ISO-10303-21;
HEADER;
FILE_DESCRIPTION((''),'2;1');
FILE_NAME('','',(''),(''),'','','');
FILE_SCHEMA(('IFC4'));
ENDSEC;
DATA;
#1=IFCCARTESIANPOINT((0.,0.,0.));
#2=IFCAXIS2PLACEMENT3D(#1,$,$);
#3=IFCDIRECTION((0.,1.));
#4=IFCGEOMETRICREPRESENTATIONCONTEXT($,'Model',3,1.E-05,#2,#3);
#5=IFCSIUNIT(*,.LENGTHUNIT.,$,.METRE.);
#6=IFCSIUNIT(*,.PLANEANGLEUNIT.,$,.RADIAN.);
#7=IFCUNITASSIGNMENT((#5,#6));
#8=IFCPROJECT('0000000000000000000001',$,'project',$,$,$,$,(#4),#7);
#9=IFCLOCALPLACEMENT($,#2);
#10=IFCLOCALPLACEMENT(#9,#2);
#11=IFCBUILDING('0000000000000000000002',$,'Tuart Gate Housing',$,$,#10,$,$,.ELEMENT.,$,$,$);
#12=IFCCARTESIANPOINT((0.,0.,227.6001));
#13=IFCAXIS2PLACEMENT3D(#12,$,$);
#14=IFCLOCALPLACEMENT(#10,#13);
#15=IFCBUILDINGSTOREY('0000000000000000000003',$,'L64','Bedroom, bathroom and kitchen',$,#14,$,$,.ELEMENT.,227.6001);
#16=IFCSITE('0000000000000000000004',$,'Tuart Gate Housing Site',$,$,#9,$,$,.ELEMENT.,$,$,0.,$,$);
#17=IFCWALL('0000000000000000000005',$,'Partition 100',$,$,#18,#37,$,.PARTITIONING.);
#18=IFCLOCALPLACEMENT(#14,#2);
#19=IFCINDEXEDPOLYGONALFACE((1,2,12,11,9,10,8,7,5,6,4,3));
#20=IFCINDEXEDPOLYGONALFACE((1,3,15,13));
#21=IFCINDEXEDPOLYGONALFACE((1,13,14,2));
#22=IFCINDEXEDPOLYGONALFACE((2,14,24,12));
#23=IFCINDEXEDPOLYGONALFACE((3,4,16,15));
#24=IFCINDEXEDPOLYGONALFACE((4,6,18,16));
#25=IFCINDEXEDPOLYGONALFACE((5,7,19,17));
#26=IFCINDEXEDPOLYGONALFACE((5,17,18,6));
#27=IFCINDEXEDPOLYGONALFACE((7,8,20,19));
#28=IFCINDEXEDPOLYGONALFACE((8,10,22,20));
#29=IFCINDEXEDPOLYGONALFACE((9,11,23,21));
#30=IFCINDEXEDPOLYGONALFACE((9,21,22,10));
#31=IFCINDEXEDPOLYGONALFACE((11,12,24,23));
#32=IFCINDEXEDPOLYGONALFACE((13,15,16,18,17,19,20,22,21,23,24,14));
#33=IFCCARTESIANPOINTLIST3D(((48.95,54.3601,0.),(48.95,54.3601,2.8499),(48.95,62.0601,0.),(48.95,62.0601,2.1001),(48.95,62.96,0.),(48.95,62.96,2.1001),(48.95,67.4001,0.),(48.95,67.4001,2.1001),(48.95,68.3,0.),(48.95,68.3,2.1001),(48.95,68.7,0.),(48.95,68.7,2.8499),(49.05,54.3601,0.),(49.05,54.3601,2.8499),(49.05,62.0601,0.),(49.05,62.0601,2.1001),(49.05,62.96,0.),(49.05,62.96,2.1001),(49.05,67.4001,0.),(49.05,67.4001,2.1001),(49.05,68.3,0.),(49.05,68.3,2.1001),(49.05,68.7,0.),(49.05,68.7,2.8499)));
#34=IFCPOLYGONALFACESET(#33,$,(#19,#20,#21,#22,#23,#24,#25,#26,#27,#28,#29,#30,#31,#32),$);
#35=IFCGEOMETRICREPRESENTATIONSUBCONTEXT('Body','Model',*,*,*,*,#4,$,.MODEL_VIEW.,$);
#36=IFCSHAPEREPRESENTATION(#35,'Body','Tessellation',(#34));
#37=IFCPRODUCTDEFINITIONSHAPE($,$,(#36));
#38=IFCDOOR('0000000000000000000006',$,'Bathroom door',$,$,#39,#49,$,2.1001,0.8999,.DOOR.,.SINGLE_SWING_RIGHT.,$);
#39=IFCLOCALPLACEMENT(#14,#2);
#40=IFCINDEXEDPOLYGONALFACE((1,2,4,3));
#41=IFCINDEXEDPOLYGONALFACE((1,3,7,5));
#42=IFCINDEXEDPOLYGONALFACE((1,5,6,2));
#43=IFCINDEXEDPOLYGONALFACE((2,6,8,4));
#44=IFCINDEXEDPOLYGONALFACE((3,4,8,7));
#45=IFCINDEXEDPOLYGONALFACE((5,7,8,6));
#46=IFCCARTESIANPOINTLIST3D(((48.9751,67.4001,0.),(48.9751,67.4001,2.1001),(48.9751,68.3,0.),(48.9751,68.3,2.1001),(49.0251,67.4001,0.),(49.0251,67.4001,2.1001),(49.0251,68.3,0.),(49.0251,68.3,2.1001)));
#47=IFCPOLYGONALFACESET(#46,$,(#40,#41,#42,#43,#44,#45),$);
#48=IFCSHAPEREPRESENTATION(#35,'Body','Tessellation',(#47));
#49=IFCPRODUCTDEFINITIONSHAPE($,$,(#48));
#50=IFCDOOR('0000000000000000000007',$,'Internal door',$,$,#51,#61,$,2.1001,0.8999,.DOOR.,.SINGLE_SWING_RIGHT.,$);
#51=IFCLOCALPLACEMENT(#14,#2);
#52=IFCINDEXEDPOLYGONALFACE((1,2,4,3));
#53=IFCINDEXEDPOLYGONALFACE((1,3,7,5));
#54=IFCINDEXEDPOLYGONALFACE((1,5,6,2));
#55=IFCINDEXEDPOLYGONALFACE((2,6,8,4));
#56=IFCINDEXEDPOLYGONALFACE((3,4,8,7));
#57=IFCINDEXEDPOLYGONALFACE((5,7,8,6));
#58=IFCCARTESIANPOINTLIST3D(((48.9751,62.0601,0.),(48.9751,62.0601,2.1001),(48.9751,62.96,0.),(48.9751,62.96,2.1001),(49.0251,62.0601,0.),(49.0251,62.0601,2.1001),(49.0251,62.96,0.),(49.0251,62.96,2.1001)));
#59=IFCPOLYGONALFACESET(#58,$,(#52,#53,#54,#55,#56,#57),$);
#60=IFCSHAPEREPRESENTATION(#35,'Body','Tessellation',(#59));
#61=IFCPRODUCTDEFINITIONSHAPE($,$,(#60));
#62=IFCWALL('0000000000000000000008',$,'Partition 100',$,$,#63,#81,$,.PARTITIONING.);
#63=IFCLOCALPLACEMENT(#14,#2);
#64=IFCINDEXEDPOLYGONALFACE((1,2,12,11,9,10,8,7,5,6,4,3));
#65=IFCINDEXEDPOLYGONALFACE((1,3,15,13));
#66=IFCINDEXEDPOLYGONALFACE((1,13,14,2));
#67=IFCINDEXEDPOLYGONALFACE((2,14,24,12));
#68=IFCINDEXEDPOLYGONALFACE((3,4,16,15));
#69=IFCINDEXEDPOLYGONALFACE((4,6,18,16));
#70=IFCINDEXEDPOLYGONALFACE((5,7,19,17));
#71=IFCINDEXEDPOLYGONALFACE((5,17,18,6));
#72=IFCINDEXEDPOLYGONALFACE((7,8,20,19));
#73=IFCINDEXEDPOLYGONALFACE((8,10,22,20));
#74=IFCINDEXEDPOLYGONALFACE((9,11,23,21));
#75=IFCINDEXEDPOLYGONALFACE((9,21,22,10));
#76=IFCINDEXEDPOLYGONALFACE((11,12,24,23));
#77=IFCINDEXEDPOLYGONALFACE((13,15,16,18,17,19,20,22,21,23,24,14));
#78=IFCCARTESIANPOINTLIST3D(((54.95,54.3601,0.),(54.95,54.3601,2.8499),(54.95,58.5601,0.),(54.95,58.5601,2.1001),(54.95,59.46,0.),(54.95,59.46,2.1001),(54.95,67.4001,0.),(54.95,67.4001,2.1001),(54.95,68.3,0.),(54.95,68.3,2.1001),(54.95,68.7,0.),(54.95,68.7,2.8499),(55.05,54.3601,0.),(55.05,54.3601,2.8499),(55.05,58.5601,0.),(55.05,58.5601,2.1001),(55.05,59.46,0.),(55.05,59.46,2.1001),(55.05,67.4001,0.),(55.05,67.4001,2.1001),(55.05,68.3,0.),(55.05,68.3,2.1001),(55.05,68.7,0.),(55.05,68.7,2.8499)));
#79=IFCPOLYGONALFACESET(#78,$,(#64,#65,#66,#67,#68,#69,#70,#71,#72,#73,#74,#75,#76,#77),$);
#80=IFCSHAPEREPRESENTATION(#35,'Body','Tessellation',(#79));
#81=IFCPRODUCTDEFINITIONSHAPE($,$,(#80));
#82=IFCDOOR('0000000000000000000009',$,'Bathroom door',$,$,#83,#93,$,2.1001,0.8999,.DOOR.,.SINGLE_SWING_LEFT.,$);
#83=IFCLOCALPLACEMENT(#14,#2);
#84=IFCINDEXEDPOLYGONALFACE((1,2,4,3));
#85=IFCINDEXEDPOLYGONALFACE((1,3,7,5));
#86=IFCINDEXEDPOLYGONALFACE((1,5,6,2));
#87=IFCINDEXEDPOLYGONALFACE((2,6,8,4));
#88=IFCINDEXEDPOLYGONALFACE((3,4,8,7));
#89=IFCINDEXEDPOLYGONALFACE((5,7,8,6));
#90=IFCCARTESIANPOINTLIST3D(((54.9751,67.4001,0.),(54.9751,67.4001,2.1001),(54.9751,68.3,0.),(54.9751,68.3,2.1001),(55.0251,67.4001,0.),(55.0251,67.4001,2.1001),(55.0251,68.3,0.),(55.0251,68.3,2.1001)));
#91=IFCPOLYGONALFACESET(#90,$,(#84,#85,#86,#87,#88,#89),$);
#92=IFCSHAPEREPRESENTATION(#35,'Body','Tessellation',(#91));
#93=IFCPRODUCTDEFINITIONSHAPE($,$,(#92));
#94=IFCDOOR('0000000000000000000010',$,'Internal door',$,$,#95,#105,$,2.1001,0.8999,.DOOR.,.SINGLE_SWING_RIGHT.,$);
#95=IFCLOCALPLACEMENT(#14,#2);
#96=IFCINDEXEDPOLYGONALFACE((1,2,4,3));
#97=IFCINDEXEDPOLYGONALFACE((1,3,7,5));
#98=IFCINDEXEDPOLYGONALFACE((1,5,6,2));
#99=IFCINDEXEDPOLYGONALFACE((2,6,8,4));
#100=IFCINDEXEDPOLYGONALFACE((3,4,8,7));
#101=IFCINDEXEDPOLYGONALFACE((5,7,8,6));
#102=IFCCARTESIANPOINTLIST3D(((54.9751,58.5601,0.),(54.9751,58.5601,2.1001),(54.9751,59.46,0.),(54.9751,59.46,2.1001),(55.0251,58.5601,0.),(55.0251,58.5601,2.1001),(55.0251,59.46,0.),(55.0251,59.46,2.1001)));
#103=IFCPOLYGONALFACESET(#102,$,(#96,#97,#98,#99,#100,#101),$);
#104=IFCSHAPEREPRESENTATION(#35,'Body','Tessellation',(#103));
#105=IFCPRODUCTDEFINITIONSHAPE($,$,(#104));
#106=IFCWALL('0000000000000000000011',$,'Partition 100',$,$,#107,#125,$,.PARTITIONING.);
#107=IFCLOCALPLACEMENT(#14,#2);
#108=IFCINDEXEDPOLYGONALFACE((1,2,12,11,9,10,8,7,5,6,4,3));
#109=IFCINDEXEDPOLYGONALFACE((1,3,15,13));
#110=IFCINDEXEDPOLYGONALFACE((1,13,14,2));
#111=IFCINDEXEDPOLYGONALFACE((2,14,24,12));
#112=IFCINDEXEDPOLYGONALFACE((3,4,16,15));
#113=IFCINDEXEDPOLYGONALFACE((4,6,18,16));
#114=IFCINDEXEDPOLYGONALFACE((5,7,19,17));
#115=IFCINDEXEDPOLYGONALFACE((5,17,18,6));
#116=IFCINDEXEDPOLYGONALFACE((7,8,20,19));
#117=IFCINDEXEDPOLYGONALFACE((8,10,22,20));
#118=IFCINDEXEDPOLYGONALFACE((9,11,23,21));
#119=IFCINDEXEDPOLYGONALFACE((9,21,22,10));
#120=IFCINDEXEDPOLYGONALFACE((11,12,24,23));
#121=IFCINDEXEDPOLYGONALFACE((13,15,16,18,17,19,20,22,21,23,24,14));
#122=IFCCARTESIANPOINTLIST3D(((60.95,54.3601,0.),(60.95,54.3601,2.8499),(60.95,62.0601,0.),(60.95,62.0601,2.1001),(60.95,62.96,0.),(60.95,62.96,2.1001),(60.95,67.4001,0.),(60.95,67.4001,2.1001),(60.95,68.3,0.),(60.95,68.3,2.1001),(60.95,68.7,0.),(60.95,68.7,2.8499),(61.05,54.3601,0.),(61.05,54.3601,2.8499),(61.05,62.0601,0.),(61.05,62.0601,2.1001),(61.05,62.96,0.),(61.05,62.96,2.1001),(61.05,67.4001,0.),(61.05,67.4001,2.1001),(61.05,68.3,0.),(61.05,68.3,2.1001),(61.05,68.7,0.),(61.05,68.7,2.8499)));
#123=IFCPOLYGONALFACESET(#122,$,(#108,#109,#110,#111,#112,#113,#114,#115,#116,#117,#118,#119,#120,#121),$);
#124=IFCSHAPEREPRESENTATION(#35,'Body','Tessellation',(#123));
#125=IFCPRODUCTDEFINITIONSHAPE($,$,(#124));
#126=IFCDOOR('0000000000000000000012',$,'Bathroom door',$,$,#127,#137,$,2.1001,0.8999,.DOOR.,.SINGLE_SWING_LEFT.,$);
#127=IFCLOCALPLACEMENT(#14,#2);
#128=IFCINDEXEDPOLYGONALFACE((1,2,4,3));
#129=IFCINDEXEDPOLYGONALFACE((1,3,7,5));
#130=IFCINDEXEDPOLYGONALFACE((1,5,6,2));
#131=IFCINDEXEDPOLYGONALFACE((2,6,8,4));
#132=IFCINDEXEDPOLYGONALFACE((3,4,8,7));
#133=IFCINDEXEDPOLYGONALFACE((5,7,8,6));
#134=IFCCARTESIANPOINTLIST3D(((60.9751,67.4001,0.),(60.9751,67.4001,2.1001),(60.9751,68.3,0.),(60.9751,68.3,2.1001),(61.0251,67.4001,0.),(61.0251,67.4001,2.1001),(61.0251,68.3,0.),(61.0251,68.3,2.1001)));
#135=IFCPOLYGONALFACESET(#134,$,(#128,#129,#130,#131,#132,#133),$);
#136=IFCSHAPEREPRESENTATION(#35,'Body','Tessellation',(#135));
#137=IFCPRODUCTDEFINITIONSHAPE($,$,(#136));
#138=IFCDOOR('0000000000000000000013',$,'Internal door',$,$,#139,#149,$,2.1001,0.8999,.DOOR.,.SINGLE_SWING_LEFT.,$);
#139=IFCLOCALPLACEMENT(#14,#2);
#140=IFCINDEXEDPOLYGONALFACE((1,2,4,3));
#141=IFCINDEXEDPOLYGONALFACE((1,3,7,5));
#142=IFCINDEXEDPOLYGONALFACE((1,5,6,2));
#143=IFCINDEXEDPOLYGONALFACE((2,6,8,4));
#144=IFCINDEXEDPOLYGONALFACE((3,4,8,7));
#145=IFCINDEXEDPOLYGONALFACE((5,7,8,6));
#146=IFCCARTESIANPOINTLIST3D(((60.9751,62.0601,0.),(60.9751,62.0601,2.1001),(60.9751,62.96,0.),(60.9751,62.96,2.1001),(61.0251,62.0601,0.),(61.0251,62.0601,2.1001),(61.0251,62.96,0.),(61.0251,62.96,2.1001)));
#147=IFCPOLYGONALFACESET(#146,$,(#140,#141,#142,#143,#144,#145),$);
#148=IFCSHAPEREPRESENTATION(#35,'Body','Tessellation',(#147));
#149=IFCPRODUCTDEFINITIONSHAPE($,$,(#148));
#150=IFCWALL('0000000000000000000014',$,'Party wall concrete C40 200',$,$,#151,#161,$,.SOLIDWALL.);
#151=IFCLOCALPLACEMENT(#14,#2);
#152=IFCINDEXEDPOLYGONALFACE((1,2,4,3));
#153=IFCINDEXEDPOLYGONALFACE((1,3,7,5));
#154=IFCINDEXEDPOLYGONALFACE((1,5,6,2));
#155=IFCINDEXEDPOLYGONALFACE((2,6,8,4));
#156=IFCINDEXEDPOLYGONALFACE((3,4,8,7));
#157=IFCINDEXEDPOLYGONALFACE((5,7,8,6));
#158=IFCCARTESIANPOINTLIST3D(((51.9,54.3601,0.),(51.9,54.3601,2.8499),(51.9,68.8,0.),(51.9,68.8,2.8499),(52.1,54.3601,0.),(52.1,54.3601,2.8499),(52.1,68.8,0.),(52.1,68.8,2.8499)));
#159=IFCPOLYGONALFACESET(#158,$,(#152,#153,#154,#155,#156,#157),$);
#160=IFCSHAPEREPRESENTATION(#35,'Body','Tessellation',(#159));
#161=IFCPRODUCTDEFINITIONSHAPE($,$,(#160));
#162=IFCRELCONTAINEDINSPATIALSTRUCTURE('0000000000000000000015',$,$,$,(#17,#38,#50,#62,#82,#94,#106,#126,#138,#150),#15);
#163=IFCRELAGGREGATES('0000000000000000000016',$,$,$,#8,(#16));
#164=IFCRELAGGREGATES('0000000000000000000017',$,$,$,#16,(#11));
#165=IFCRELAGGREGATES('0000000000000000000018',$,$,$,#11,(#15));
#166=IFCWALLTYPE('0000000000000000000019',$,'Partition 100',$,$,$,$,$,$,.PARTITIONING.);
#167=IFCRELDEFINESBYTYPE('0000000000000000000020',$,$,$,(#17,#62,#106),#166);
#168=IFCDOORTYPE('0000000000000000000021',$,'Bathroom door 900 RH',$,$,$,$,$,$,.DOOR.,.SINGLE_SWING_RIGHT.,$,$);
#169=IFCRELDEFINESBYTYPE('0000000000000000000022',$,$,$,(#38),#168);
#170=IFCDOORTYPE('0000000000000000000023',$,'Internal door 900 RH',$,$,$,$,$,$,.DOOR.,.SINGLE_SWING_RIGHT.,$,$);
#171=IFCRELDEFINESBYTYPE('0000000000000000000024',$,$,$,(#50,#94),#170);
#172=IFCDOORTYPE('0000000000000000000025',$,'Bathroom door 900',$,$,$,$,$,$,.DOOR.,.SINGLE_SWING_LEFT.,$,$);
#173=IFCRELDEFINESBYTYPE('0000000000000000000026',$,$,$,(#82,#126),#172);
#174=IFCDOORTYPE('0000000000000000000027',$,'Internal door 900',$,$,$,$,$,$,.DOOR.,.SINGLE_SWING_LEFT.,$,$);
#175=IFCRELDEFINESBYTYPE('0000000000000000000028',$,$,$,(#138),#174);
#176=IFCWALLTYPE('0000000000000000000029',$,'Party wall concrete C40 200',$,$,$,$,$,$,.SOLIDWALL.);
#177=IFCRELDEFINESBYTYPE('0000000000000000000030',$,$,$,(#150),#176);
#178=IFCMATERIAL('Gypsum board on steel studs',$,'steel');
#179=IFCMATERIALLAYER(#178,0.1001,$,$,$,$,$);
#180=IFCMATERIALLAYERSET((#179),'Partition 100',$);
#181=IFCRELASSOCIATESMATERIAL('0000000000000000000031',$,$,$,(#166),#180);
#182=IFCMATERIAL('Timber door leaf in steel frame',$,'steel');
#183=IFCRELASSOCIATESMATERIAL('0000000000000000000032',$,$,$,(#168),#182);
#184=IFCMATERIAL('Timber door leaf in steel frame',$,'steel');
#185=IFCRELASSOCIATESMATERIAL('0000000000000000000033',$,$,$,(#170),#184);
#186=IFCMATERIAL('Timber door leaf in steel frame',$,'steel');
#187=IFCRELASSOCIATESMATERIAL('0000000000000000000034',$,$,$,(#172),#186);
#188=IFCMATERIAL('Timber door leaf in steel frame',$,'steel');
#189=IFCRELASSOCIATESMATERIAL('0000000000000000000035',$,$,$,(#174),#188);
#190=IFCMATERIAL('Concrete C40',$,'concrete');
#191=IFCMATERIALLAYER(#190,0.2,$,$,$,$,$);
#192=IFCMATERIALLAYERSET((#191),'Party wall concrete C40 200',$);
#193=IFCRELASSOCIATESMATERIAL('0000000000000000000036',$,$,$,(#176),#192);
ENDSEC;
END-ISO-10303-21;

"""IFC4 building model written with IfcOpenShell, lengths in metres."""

from ifc_helpers import new_model, si_unit, direction, frame, frame_2d, origin, place, context, subcontext, project, spatial, rectangle, extrude, material, layer, layer_set, type_object, element, fill, save


model = new_model("IFC4")

# Units and contexts
model_context = context("Model", 3, precision=1e-05, world=origin(), true_north=direction((0.0, 1.0)))
body_context = subcontext(model_context, "Body", "Model", "MODEL_VIEW")
ifc_project = project(units=[si_unit("LENGTHUNIT", "METRE"), si_unit("PLANEANGLEUNIT", "RADIAN")], contexts=[model_context])

# Site, building, storey
site_placement = place(None, origin())
site = spatial("IfcSite", under=ifc_project, at=site_placement, Name="Tuart Gate Housing Site", CompositionType="ELEMENT", RefElevation=0.0)
building_placement = place(site_placement, origin())
building = spatial("IfcBuilding", under=site, at=building_placement, Name="Tuart Gate Housing", CompositionType="ELEMENT")
storey_placement = place(building_placement, frame((0.0, 0.0, 227.6001)))
storey = spatial("IfcBuildingStorey", under=building, at=storey_placement, Name="L64", Description="Bedroom, bathroom and kitchen", CompositionType="ELEMENT", Elevation=227.6001)

# Walls, openings, doors
ifc_material_1 = material(Name="Gypsum board on steel studs", Category="steel")
ifc_layer_1 = layer(ifc_material_1, 0.1001)
ifc_layer_set_1 = layer_set([ifc_layer_1], Name="Partition 100")
wall_type_1 = type_object("IfcWallType", Name="Partition 100", PredefinedType="PARTITIONING", material=ifc_layer_set_1)
wall_1_placement = place(storey_placement, frame((49.0, 54.3601, 0.0), z_axis=(0.0, 0.0, 1.0), x_axis=(0.0, 1.0, 0.0)))
wall_1 = element("IfcWall", 1, at=wall_1_placement, inside=storey, type_object=wall_type_1, Name="Partition 100", PredefinedType="PARTITIONING", context=body_context, shape_type="SweptSolid", body=[
    extrude(rectangle(XDim=14.3398, YDim=0.1001, at=frame_2d((7.1699, 0.0))), origin(), (0.0, 0.0, 1.0), 2.8499),
])
opening_1_placement = place(wall_1_placement, frame((7.7, 0.0, 0.0)))
opening_1 = element("IfcOpeningElement", 2, at=opening_1_placement, cuts=wall_1, PredefinedType="OPENING", context=body_context, shape_type="SweptSolid", body=[
    extrude(rectangle(XDim=0.8999, YDim=2.1001, at=frame_2d((0.45, 1.05))), frame((0.0, 0.0601, 0.0), z_axis=(0.0, -1.0, 0.0), x_axis=(1.0, 0.0, 0.0)), (0.0, 0.0, 1.0), 0.1201),
])
opening_2_placement = place(wall_1_placement, frame((13.04, 0.0, 0.0)))
opening_2 = element("IfcOpeningElement", 3, at=opening_2_placement, cuts=wall_1, PredefinedType="OPENING", context=body_context, shape_type="SweptSolid", body=[
    extrude(rectangle(XDim=0.8999, YDim=2.1001, at=frame_2d((0.45, 1.05))), frame((0.0, 0.0601, 0.0), z_axis=(0.0, -1.0, 0.0), x_axis=(1.0, 0.0, 0.0)), (0.0, 0.0, 1.0), 0.1201),
])
ifc_material_2 = material(Name="Timber door leaf in steel frame", Category="steel")
door_type_1 = type_object("IfcDoorType", Name="Bathroom door 900 RH", OperationType="SINGLE_SWING_RIGHT", PredefinedType="DOOR", material=ifc_material_2)
door_1_placement = place(opening_2_placement, origin())
door_1 = element("IfcDoor", 4, at=door_1_placement, inside=storey, type_object=door_type_1, Name="Bathroom door", OperationType="SINGLE_SWING_RIGHT", OverallHeight=2.1001, OverallWidth=0.8999, PredefinedType="DOOR", context=body_context, shape_type="SweptSolid", body=[
    extrude(rectangle(XDim=0.8999, YDim=2.1001, at=frame_2d((0.45, 1.05))), frame((0.0, 0.0249, 0.0), z_axis=(0.0, -1.0, 0.0), x_axis=(1.0, 0.0, 0.0)), (0.0, 0.0, 1.0), 0.05),
])
fill(opening_2, door_1)
ifc_material_3 = material(Name="Timber door leaf in steel frame", Category="steel")
door_type_2 = type_object("IfcDoorType", Name="Internal door 900 RH", OperationType="SINGLE_SWING_RIGHT", PredefinedType="DOOR", material=ifc_material_3)
door_2_placement = place(opening_1_placement, origin())
door_2 = element("IfcDoor", 5, at=door_2_placement, inside=storey, type_object=door_type_2, Name="Internal door", OperationType="SINGLE_SWING_RIGHT", OverallHeight=2.1001, OverallWidth=0.8999, PredefinedType="DOOR", context=body_context, shape_type="SweptSolid", body=[
    extrude(rectangle(XDim=0.8999, YDim=2.1001, at=frame_2d((0.45, 1.05))), frame((0.0, 0.0249, 0.0), z_axis=(0.0, -1.0, 0.0), x_axis=(1.0, 0.0, 0.0)), (0.0, 0.0, 1.0), 0.05),
])
fill(opening_1, door_2)
wall_2_placement = place(storey_placement, frame((55.0, 54.3601, 0.0), z_axis=(0.0, 0.0, 1.0), x_axis=(0.0, 1.0, 0.0)))
wall_2 = element("IfcWall", 6, at=wall_2_placement, inside=storey, type_object=wall_type_1, Name="Partition 100", PredefinedType="PARTITIONING", context=body_context, shape_type="SweptSolid", body=[
    extrude(rectangle(XDim=14.3398, YDim=0.1001, at=frame_2d((7.1699, 0.0))), origin(), (0.0, 0.0, 1.0), 2.8499),
])
opening_3_placement = place(wall_2_placement, frame((4.2, 0.0, 0.0)))
opening_3 = element("IfcOpeningElement", 7, at=opening_3_placement, cuts=wall_2, PredefinedType="OPENING", context=body_context, shape_type="SweptSolid", body=[
    extrude(rectangle(XDim=0.8999, YDim=2.1001, at=frame_2d((0.45, 1.05))), frame((0.0, 0.0601, 0.0), z_axis=(0.0, -1.0, 0.0), x_axis=(1.0, 0.0, 0.0)), (0.0, 0.0, 1.0), 0.1201),
])
opening_4_placement = place(wall_2_placement, frame((13.04, 0.0, 0.0)))
opening_4 = element("IfcOpeningElement", 8, at=opening_4_placement, cuts=wall_2, PredefinedType="OPENING", context=body_context, shape_type="SweptSolid", body=[
    extrude(rectangle(XDim=0.8999, YDim=2.1001, at=frame_2d((0.45, 1.05))), frame((0.0, 0.0601, 0.0), z_axis=(0.0, -1.0, 0.0), x_axis=(1.0, 0.0, 0.0)), (0.0, 0.0, 1.0), 0.1201),
])
ifc_material_4 = material(Name="Timber door leaf in steel frame", Category="steel")
door_type_3 = type_object("IfcDoorType", Name="Bathroom door 900", OperationType="SINGLE_SWING_LEFT", PredefinedType="DOOR", material=ifc_material_4)
door_3_placement = place(opening_4_placement, frame((0.8999, 0.0, 0.0), z_axis=(0.0, 0.0, 1.0), x_axis=(-1.0, 0.0, 0.0)))
door_3 = element("IfcDoor", 9, at=door_3_placement, inside=storey, type_object=door_type_3, Name="Bathroom door", OperationType="SINGLE_SWING_LEFT", OverallHeight=2.1001, OverallWidth=0.8999, PredefinedType="DOOR", context=body_context, shape_type="SweptSolid", body=[
    extrude(rectangle(XDim=0.8999, YDim=2.1001, at=frame_2d((0.45, 1.05))), frame((0.0, 0.0251, 0.0), z_axis=(0.0, -1.0, 0.0), x_axis=(1.0, 0.0, 0.0)), (0.0, 0.0, 1.0), 0.05),
])
fill(opening_4, door_3)
door_4_placement = place(opening_3_placement, frame((0.8999, 0.0, 0.0), z_axis=(0.0, 0.0, 1.0), x_axis=(-1.0, 0.0, 0.0)))
door_4 = element("IfcDoor", 10, at=door_4_placement, inside=storey, type_object=door_type_2, Name="Internal door", OperationType="SINGLE_SWING_RIGHT", OverallHeight=2.1001, OverallWidth=0.8999, PredefinedType="DOOR", context=body_context, shape_type="SweptSolid", body=[
    extrude(rectangle(XDim=0.8999, YDim=2.1001, at=frame_2d((0.45, 1.05))), frame((0.0, 0.0251, 0.0), z_axis=(0.0, -1.0, 0.0), x_axis=(1.0, 0.0, 0.0)), (0.0, 0.0, 1.0), 0.05),
])
fill(opening_3, door_4)
wall_3_placement = place(storey_placement, frame((61.0, 54.3601, 0.0), z_axis=(0.0, 0.0, 1.0), x_axis=(0.0, 1.0, 0.0)))
wall_3 = element("IfcWall", 11, at=wall_3_placement, inside=storey, type_object=wall_type_1, Name="Partition 100", PredefinedType="PARTITIONING", context=body_context, shape_type="SweptSolid", body=[
    extrude(rectangle(XDim=14.3398, YDim=0.1001, at=frame_2d((7.1699, 0.0))), origin(), (0.0, 0.0, 1.0), 2.8499),
])
opening_5_placement = place(wall_3_placement, frame((7.7, 0.0, 0.0)))
opening_5 = element("IfcOpeningElement", 12, at=opening_5_placement, cuts=wall_3, PredefinedType="OPENING", context=body_context, shape_type="SweptSolid", body=[
    extrude(rectangle(XDim=0.8999, YDim=2.1001, at=frame_2d((0.45, 1.05))), frame((0.0, 0.0601, 0.0), z_axis=(0.0, -1.0, 0.0), x_axis=(1.0, 0.0, 0.0)), (0.0, 0.0, 1.0), 0.1201),
])
opening_6_placement = place(wall_3_placement, frame((13.04, 0.0, 0.0)))
opening_6 = element("IfcOpeningElement", 13, at=opening_6_placement, cuts=wall_3, PredefinedType="OPENING", context=body_context, shape_type="SweptSolid", body=[
    extrude(rectangle(XDim=0.8999, YDim=2.1001, at=frame_2d((0.45, 1.05))), frame((0.0, 0.0601, 0.0), z_axis=(0.0, -1.0, 0.0), x_axis=(1.0, 0.0, 0.0)), (0.0, 0.0, 1.0), 0.1201),
])
door_5_placement = place(opening_6_placement, frame((0.8999, 0.0, 0.0), z_axis=(0.0, 0.0, 1.0), x_axis=(-1.0, 0.0, 0.0)))
door_5 = element("IfcDoor", 14, at=door_5_placement, inside=storey, type_object=door_type_3, Name="Bathroom door", OperationType="SINGLE_SWING_LEFT", OverallHeight=2.1001, OverallWidth=0.8999, PredefinedType="DOOR", context=body_context, shape_type="SweptSolid", body=[
    extrude(rectangle(XDim=0.8999, YDim=2.1001, at=frame_2d((0.45, 1.05))), frame((0.0, 0.0251, 0.0), z_axis=(0.0, -1.0, 0.0), x_axis=(1.0, 0.0, 0.0)), (0.0, 0.0, 1.0), 0.05),
])
fill(opening_6, door_5)
ifc_material_5 = material(Name="Timber door leaf in steel frame", Category="steel")
door_type_4 = type_object("IfcDoorType", Name="Internal door 900", OperationType="SINGLE_SWING_LEFT", PredefinedType="DOOR", material=ifc_material_5)
door_6_placement = place(opening_5_placement, frame((0.8999, 0.0, 0.0), z_axis=(0.0, 0.0, 1.0), x_axis=(-1.0, 0.0, 0.0)))
door_6 = element("IfcDoor", 15, at=door_6_placement, inside=storey, type_object=door_type_4, Name="Internal door", OperationType="SINGLE_SWING_LEFT", OverallHeight=2.1001, OverallWidth=0.8999, PredefinedType="DOOR", context=body_context, shape_type="SweptSolid", body=[
    extrude(rectangle(XDim=0.8999, YDim=2.1001, at=frame_2d((0.45, 1.05))), frame((0.0, 0.0251, 0.0), z_axis=(0.0, -1.0, 0.0), x_axis=(1.0, 0.0, 0.0)), (0.0, 0.0, 1.0), 0.05),
])
fill(opening_5, door_6)

# Wall
ifc_material_6 = material(Name="Concrete C40", Category="concrete")
ifc_layer_2 = layer(ifc_material_6, 0.2)
ifc_layer_set_2 = layer_set([ifc_layer_2], Name="Party wall concrete C40 200")
wall_type_2 = type_object("IfcWallType", Name="Party wall concrete C40 200", PredefinedType="SOLIDWALL", material=ifc_layer_set_2)
for number, where, z_axis, x_axis, name in (
    (16, (52.0, 54.3601, 0.0), (0.0, 0.0, 1.0), (0.0, 1.0, 0.0), "Party wall concrete C40 200"),
):
    element("IfcWall", number, at=place(storey_placement, frame(where, z_axis=z_axis, x_axis=x_axis)), inside=storey, type_object=wall_type_2, Name=name, PredefinedType="SOLIDWALL", context=body_context, shape_type="SweptSolid", body=[
        extrude(rectangle(XDim=14.4399, YDim=0.2, at=frame_2d((7.22, 0.0))), origin(), (0.0, 0.0, 1.0), 2.8499),
    ])

save(model, "model.ifc")
